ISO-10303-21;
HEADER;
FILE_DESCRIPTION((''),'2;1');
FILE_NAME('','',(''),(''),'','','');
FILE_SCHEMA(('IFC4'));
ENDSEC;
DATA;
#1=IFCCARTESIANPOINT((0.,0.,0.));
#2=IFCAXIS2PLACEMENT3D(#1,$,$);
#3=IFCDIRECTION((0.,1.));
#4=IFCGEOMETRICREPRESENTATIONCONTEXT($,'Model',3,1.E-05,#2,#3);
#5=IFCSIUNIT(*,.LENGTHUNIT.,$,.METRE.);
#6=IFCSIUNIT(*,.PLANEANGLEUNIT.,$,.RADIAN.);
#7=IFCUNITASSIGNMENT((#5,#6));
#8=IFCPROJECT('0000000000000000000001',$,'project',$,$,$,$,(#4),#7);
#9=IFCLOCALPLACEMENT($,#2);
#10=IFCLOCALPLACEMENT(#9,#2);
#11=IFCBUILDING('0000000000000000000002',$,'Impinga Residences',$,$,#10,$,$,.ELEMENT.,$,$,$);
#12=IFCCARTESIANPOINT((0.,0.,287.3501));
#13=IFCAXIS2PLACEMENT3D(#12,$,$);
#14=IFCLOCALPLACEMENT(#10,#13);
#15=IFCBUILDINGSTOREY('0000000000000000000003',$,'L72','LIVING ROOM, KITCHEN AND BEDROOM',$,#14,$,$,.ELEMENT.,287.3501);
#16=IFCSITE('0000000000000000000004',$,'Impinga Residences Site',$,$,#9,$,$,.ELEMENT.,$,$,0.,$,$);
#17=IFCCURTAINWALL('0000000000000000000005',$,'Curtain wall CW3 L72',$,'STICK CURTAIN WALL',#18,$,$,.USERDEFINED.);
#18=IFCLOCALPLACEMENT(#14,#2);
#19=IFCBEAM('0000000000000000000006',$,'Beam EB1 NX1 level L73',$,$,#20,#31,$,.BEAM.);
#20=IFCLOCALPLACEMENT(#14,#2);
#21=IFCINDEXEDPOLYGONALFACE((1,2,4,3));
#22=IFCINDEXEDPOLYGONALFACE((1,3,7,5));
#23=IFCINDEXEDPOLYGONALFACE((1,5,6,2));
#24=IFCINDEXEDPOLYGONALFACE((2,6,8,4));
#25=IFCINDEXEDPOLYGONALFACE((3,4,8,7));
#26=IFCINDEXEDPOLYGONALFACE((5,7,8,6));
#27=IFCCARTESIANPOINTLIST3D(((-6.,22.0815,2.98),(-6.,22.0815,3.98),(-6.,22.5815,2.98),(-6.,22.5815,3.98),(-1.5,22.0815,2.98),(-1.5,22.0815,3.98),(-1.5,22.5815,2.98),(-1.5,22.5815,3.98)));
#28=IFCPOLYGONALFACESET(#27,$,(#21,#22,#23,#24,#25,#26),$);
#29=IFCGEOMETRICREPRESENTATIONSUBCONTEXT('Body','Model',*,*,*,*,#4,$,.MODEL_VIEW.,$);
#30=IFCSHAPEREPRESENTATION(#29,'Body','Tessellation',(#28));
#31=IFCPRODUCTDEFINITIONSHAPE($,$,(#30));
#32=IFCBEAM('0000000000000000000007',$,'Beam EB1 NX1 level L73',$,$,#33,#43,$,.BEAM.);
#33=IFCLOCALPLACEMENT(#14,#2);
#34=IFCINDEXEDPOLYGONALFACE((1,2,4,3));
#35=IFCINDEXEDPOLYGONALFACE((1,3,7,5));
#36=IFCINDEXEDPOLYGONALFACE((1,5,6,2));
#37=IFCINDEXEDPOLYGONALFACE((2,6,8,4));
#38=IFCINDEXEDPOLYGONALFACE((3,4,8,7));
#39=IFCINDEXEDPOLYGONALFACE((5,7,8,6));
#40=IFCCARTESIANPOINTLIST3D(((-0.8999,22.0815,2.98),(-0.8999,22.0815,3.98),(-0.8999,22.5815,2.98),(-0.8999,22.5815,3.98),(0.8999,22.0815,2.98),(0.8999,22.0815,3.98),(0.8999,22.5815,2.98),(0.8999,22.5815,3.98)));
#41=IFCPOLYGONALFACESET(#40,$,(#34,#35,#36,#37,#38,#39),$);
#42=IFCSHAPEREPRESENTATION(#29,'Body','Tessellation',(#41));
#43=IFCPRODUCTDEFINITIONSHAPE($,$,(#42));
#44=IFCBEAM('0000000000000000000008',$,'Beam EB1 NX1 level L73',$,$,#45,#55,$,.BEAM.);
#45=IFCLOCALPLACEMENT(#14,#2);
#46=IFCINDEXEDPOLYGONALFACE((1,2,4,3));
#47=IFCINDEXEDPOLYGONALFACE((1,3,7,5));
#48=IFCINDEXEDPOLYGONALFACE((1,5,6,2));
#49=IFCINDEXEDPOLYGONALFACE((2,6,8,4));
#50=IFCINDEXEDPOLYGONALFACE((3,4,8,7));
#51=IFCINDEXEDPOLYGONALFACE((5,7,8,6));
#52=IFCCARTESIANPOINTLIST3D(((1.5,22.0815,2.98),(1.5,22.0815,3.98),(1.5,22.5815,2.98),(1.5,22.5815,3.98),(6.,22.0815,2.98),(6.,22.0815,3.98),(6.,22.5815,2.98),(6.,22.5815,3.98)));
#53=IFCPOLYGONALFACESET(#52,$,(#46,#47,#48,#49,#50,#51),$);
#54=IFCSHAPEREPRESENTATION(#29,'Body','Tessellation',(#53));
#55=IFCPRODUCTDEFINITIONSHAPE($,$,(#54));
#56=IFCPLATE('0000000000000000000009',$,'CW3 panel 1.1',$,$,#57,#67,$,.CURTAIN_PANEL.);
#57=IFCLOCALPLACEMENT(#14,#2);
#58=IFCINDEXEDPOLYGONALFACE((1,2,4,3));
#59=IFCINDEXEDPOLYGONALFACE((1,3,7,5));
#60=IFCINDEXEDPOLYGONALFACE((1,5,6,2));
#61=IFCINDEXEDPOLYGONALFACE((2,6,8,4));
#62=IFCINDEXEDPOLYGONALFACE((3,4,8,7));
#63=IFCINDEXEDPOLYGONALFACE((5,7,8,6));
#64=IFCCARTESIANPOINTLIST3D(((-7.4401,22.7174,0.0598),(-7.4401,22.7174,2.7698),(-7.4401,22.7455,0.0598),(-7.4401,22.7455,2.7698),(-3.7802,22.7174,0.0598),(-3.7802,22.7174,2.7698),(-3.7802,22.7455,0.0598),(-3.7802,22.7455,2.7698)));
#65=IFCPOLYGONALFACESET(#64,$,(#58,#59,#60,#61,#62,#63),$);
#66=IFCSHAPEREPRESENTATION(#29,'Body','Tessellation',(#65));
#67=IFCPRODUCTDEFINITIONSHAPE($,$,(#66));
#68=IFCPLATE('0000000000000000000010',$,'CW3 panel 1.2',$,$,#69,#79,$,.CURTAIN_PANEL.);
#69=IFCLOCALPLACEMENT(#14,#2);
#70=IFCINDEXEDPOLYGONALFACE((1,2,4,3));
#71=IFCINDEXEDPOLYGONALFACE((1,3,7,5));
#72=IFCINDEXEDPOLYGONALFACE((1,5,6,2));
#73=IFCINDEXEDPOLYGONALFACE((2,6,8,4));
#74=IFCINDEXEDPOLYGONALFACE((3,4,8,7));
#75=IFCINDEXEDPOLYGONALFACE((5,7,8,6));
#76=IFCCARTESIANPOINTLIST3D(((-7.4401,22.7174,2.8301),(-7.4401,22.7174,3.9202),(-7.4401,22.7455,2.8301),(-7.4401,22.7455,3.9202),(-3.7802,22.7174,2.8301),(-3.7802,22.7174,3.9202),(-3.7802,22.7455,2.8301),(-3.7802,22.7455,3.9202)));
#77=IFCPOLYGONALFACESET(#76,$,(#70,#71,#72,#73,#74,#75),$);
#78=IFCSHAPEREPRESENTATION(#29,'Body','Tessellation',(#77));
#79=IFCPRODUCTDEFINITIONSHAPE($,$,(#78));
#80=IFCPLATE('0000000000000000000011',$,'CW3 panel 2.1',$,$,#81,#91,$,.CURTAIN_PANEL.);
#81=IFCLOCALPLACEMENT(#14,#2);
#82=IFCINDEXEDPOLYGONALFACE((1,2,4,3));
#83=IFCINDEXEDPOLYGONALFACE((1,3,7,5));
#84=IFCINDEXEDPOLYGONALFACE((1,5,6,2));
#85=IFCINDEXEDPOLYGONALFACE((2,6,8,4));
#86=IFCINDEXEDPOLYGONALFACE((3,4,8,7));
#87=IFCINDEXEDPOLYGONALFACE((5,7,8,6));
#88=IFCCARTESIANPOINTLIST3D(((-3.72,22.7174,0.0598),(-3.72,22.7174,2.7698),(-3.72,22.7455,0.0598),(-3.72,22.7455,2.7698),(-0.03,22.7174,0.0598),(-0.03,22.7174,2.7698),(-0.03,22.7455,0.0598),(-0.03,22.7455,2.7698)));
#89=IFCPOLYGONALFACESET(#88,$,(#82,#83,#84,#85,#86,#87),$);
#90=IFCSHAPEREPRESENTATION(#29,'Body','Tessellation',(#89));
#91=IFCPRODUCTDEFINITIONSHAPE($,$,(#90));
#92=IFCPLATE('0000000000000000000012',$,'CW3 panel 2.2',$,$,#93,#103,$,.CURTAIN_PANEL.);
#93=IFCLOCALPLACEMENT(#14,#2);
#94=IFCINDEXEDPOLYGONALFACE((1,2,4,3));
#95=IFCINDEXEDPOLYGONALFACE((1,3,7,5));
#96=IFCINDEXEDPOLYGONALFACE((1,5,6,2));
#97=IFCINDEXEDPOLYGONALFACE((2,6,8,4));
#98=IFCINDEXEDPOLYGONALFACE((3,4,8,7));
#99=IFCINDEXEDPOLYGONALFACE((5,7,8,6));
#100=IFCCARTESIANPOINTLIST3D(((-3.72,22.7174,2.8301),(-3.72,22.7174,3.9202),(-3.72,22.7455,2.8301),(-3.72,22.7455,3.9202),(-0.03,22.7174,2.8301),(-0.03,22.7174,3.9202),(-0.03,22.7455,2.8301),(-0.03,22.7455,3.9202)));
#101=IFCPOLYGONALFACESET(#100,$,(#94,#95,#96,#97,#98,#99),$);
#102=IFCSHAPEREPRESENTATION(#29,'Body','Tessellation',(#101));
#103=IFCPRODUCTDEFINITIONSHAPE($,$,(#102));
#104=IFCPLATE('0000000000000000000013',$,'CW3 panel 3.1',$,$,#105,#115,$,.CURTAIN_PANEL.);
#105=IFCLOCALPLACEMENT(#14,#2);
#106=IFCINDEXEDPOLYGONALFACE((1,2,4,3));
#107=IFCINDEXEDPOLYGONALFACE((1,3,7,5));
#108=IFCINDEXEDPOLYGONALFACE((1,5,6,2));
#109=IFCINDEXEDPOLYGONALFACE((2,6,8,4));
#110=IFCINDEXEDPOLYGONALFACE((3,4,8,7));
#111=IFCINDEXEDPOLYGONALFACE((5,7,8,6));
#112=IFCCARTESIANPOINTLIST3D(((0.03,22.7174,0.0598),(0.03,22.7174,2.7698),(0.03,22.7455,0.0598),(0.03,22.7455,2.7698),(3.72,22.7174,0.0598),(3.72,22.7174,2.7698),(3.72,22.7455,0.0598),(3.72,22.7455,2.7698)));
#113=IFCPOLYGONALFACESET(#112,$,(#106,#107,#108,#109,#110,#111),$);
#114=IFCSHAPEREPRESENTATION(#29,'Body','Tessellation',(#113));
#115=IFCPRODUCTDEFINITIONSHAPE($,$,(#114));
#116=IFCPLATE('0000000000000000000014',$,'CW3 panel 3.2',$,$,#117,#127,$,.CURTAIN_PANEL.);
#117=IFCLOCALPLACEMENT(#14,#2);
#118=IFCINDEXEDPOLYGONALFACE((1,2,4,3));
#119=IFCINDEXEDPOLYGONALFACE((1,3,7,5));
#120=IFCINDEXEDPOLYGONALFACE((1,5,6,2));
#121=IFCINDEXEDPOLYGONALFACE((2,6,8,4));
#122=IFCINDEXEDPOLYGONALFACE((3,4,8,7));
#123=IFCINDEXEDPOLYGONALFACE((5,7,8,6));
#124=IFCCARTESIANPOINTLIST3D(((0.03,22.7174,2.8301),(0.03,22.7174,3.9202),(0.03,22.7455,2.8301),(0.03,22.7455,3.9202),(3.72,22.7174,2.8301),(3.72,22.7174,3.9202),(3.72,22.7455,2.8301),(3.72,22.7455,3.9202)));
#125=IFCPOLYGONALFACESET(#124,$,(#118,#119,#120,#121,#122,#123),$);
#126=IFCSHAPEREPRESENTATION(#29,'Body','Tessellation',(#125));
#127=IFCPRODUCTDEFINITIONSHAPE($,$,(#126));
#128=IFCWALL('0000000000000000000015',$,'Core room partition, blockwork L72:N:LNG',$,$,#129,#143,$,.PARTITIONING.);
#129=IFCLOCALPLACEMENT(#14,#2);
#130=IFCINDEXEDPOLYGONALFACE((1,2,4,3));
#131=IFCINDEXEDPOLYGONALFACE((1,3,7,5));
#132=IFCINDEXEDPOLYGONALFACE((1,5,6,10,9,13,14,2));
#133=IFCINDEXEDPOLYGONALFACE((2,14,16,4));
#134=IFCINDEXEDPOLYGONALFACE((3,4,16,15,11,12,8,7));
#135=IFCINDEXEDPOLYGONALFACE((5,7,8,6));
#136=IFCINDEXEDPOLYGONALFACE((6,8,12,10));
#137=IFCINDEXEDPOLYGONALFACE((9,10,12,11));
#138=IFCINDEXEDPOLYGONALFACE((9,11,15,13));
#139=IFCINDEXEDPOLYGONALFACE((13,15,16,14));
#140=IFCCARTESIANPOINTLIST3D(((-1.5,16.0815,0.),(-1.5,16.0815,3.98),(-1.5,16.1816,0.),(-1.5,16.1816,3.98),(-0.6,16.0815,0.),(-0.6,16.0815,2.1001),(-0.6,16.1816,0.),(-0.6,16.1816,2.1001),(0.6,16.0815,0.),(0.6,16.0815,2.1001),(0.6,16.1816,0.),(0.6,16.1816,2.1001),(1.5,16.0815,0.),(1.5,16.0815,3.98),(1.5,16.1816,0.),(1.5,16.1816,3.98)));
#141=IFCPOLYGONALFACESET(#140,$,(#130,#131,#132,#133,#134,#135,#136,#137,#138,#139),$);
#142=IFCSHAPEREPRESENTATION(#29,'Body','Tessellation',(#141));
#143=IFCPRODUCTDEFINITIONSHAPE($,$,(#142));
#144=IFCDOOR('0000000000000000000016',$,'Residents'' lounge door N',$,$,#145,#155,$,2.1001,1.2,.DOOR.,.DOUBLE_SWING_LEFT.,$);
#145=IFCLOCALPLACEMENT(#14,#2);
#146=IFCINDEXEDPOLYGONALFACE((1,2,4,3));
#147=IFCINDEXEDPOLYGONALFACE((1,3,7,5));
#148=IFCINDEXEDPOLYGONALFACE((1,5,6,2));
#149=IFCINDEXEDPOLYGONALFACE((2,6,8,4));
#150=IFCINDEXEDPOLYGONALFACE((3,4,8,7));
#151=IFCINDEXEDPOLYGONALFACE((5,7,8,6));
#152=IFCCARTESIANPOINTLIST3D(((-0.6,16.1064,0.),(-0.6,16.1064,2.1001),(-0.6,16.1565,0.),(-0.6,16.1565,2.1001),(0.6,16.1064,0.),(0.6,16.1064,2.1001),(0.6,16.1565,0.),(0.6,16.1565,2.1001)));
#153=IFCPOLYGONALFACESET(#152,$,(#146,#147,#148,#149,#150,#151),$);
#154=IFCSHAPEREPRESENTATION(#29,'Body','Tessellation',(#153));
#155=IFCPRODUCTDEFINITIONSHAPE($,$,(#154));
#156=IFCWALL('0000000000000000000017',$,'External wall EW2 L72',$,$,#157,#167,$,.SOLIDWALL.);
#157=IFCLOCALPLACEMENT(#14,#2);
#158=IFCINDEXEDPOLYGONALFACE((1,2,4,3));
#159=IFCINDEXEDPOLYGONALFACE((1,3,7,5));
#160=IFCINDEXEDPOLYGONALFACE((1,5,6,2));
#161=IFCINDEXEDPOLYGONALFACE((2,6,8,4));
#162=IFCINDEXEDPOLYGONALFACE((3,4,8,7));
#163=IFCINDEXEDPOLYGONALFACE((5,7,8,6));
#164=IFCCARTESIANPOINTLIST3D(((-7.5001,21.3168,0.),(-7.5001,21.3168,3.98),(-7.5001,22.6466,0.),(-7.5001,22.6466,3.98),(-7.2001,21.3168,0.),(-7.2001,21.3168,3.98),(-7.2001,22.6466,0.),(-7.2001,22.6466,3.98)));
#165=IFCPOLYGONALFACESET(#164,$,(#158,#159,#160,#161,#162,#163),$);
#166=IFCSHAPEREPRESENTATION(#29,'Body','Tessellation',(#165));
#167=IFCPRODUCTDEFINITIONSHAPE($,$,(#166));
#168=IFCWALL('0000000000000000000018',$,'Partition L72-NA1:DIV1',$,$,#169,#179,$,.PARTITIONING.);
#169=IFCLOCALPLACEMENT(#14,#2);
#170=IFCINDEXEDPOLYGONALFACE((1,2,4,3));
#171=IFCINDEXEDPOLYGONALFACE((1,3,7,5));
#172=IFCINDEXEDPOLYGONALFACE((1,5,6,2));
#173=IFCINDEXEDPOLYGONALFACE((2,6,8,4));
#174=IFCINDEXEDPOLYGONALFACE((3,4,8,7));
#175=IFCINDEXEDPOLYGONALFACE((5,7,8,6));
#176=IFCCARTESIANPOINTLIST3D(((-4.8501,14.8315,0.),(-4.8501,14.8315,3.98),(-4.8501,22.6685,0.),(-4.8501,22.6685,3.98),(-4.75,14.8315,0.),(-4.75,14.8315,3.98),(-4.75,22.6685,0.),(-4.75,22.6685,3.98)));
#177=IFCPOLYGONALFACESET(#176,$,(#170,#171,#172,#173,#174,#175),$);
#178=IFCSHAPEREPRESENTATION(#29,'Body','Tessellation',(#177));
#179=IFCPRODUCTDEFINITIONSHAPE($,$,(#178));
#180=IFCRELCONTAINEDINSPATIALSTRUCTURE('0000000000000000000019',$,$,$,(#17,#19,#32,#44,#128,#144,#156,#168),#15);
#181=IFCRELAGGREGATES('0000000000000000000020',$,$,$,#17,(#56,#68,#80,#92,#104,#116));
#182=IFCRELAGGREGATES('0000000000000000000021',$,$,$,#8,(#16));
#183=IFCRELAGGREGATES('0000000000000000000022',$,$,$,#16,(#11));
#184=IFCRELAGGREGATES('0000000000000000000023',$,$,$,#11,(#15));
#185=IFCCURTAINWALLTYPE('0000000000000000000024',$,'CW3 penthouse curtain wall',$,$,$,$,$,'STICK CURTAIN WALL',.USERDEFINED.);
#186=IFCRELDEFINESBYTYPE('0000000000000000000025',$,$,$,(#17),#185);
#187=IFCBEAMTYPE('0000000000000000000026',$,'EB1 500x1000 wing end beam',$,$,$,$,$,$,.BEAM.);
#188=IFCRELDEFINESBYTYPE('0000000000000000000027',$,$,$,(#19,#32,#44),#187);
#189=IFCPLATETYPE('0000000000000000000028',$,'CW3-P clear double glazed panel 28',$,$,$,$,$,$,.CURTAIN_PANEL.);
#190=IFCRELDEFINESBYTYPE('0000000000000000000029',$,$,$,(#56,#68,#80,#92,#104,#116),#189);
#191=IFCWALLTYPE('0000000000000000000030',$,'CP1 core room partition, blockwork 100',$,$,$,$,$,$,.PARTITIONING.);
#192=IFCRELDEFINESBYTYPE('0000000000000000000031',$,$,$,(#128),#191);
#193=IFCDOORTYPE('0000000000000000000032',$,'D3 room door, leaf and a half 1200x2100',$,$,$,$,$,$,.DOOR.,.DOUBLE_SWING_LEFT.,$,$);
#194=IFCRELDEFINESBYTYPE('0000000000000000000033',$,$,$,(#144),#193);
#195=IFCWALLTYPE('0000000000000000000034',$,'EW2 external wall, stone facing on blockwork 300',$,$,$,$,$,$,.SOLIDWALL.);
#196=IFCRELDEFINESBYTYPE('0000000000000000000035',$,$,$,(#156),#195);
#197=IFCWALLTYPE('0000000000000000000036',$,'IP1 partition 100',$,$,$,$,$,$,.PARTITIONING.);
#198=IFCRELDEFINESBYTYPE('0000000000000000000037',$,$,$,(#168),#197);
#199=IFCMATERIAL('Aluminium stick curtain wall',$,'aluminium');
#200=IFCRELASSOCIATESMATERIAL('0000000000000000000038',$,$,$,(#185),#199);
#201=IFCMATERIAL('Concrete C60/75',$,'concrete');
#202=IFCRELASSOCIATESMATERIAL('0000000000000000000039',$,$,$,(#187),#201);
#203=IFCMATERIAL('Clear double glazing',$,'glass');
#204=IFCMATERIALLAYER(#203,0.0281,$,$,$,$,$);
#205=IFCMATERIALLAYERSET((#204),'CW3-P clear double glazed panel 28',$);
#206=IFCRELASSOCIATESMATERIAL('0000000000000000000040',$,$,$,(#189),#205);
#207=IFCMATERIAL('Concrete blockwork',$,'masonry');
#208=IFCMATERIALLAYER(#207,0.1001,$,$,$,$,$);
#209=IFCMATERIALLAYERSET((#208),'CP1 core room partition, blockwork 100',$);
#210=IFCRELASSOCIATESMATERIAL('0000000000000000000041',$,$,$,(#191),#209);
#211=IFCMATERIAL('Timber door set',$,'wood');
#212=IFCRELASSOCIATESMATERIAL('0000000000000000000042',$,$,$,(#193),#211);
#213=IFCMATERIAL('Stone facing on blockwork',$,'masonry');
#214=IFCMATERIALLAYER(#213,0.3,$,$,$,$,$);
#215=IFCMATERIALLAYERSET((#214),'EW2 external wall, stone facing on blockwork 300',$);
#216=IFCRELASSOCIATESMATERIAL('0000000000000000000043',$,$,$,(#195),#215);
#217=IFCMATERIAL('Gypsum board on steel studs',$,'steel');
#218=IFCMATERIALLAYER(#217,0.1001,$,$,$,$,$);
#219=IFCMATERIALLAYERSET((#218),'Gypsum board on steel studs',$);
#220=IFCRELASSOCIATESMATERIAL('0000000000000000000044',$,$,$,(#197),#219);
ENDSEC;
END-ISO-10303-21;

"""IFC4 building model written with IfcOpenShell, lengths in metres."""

from ifc_helpers import new_model, si_unit, direction, frame, frame_2d, origin, origin_2d, place, context, subcontext, project, spatial, rectangle, extrude, material, layer, layer_set, material_profile, profile_set, type_object, element, fill, aggregate, save


model = new_model("IFC4")

# Units and contexts
model_context = context("Model", 3, precision=1e-05, world=origin(), true_north=direction((0.0, 1.0)))
body_context = subcontext(model_context, "Body", "Model", "MODEL_VIEW")
ifc_project = project(units=[si_unit("LENGTHUNIT", "METRE"), si_unit("PLANEANGLEUNIT", "RADIAN")], contexts=[model_context])

# Site, building, storey
site_placement = place(None, origin())
site = spatial("IfcSite", under=ifc_project, at=site_placement, Name="Impinga Residences Site", CompositionType="ELEMENT", RefElevation=0.0)
building_placement = place(site_placement, origin())
building = spatial("IfcBuilding", under=site, at=building_placement, Name="Impinga Residences", CompositionType="ELEMENT")
storey_placement = place(building_placement, frame((0.0, 0.0, 287.3501)))
storey = spatial("IfcBuildingStorey", under=building, at=storey_placement, Name="L72", Description="LIVING ROOM, KITCHEN AND BEDROOM", CompositionType="ELEMENT", Elevation=287.3501)

# Shared definitions
ifc_material_1 = material(Name="Concrete C60/75", Category="concrete")

# Curtain wall
ifc_material_2 = material(Name="Aluminium stick curtain wall", Category="aluminium")
curtain_wall_type = type_object("IfcCurtainWallType", Name="CW3 penthouse curtain wall", ElementType="STICK CURTAIN WALL", PredefinedType="USERDEFINED", material=ifc_material_2)
curtain_wall_placement = place(storey_placement, origin())
curtain_wall = element("IfcCurtainWall", 1, at=curtain_wall_placement, inside=storey, type_object=curtain_wall_type, Name="Curtain wall CW3 L72", ObjectType="STICK CURTAIN WALL", PredefinedType="USERDEFINED")

# Beams
ifc_material_profile_1 = material_profile(ifc_material_1, rectangle(XDim=0.5, YDim=1.0, at=origin_2d()), Name="RC 500x1000")
ifc_profile_set_1 = profile_set([ifc_material_profile_1], Name="Concrete C60/75")
beam_type_1 = type_object("IfcBeamType", Name="EB1 500x1000 wing end beam", PredefinedType="BEAM", material=ifc_profile_set_1)
beam_1_placement = place(storey_placement, frame((-6.0, 22.3315, 3.48), z_axis=(1.0, 0.0, 0.0), x_axis=(0.0, 1.0, 0.0)))
element("IfcBeam", 2, at=beam_1_placement, inside=storey, type_object=beam_type_1, Name="Beam EB1 NX1 level L73", PredefinedType="BEAM", context=body_context, shape_type="SweptSolid", body=[
    extrude(rectangle(XDim=0.5, YDim=1.0, at=origin_2d()), origin(), (0.0, 0.0, 1.0), 4.5),
])
beam_2_placement = place(storey_placement, frame((-0.8999, 22.3315, 3.48), z_axis=(1.0, 0.0, 0.0), x_axis=(0.0, 1.0, 0.0)))
element("IfcBeam", 3, at=beam_2_placement, inside=storey, type_object=beam_type_1, Name="Beam EB1 NX1 level L73", PredefinedType="BEAM", context=body_context, shape_type="SweptSolid", body=[
    extrude(rectangle(XDim=0.5, YDim=1.0, at=origin_2d()), origin(), (0.0, 0.0, 1.0), 1.7998),
])
beam_3_placement = place(storey_placement, frame((1.5, 22.3315, 3.48), z_axis=(1.0, 0.0, 0.0), x_axis=(0.0, 1.0, 0.0)))
element("IfcBeam", 4, at=beam_3_placement, inside=storey, type_object=beam_type_1, Name="Beam EB1 NX1 level L73", PredefinedType="BEAM", context=body_context, shape_type="SweptSolid", body=[
    extrude(rectangle(XDim=0.5, YDim=1.0, at=origin_2d()), origin(), (0.0, 0.0, 1.0), 4.5),
])

# Plates
ifc_material_3 = material(Name="Clear double glazing", Category="glass")
ifc_layer_1 = layer(ifc_material_3, 0.0281)
ifc_layer_set_1 = layer_set([ifc_layer_1], Name="CW3-P clear double glazed panel 28")
plate_type = type_object("IfcPlateType", Name="CW3-P clear double glazed panel 28", PredefinedType="CURTAIN_PANEL", material=ifc_layer_set_1)
plate_1_placement = place(storey_placement, frame((-5.6101, 22.7314, 0.0598), z_axis=(0.0, 0.0, 1.0), x_axis=(1.0, 0.0, 0.0)))
plate_1 = element("IfcPlate", 5, at=plate_1_placement, type_object=plate_type, Name="CW3 panel 1.1", PredefinedType="CURTAIN_PANEL", context=body_context, shape_type="SweptSolid", body=[
    extrude(rectangle(XDim=3.6599, YDim=0.0281, at=origin_2d()), origin(), (0.0, 0.0, 1.0), 2.71),
])
plate_2_placement = place(storey_placement, frame((-5.6101, 22.7314, 2.8301), z_axis=(0.0, 0.0, 1.0), x_axis=(1.0, 0.0, 0.0)))
plate_2 = element("IfcPlate", 6, at=plate_2_placement, type_object=plate_type, Name="CW3 panel 1.2", PredefinedType="CURTAIN_PANEL", context=body_context, shape_type="SweptSolid", body=[
    extrude(rectangle(XDim=3.6599, YDim=0.0281, at=origin_2d()), origin(), (0.0, 0.0, 1.0), 1.0901),
])
plate_3_placement = place(storey_placement, frame((-1.875, 22.7314, 0.0598), z_axis=(0.0, 0.0, 1.0), x_axis=(1.0, 0.0, 0.0)))
plate_3 = element("IfcPlate", 7, at=plate_3_placement, type_object=plate_type, Name="CW3 panel 2.1", PredefinedType="CURTAIN_PANEL", context=body_context, shape_type="SweptSolid", body=[
    extrude(rectangle(XDim=3.6899, YDim=0.0281, at=origin_2d()), origin(), (0.0, 0.0, 1.0), 2.71),
])
plate_4_placement = place(storey_placement, frame((-1.875, 22.7314, 2.8301), z_axis=(0.0, 0.0, 1.0), x_axis=(1.0, 0.0, 0.0)))
plate_4 = element("IfcPlate", 8, at=plate_4_placement, type_object=plate_type, Name="CW3 panel 2.2", PredefinedType="CURTAIN_PANEL", context=body_context, shape_type="SweptSolid", body=[
    extrude(rectangle(XDim=3.6899, YDim=0.0281, at=origin_2d()), origin(), (0.0, 0.0, 1.0), 1.0901),
])
plate_5_placement = place(storey_placement, frame((1.875, 22.7314, 0.0598), z_axis=(0.0, 0.0, 1.0), x_axis=(1.0, 0.0, 0.0)))
plate_5 = element("IfcPlate", 9, at=plate_5_placement, type_object=plate_type, Name="CW3 panel 3.1", PredefinedType="CURTAIN_PANEL", context=body_context, shape_type="SweptSolid", body=[
    extrude(rectangle(XDim=3.6899, YDim=0.0281, at=origin_2d()), origin(), (0.0, 0.0, 1.0), 2.71),
])
plate_6_placement = place(storey_placement, frame((1.875, 22.7314, 2.8301), z_axis=(0.0, 0.0, 1.0), x_axis=(1.0, 0.0, 0.0)))
plate_6 = element("IfcPlate", 10, at=plate_6_placement, type_object=plate_type, Name="CW3 panel 3.2", PredefinedType="CURTAIN_PANEL", context=body_context, shape_type="SweptSolid", body=[
    extrude(rectangle(XDim=3.6899, YDim=0.0281, at=origin_2d()), origin(), (0.0, 0.0, 1.0), 1.0901),
])
aggregate(curtain_wall, [plate_1, plate_2, plate_3, plate_4, plate_5, plate_6])

# Wall, opening, door
ifc_material_4 = material(Name="Concrete blockwork", Category="masonry")
ifc_layer_2 = layer(ifc_material_4, 0.1001)
ifc_layer_set_2 = layer_set([ifc_layer_2], Name="CP1 core room partition, blockwork 100")
wall_type_1 = type_object("IfcWallType", Name="CP1 core room partition, blockwork 100", PredefinedType="PARTITIONING", material=ifc_layer_set_2)
wall_1_placement = place(storey_placement, frame((-1.5, 16.1316, 0.0), z_axis=(0.0, 0.0, 1.0), x_axis=(1.0, 0.0, 0.0)))
wall_1 = element("IfcWall", 11, at=wall_1_placement, inside=storey, type_object=wall_type_1, Name="Core room partition, blockwork L72:N:LNG", PredefinedType="PARTITIONING", context=body_context, shape_type="SweptSolid", body=[
    extrude(rectangle(XDim=3.0, YDim=0.1001, at=frame_2d((1.5, 0.0))), origin(), (0.0, 0.0, 1.0), 3.98),
])
opening_placement = place(wall_1_placement, frame((0.8999, 0.0, 0.0)))
opening = element("IfcOpeningElement", 12, at=opening_placement, cuts=wall_1, PredefinedType="OPENING", context=body_context, shape_type="SweptSolid", body=[
    extrude(rectangle(XDim=1.2, YDim=2.1001, at=frame_2d((0.6001, 1.05))), frame((0.0, 0.0601, 0.0), z_axis=(0.0, -1.0, 0.0), x_axis=(1.0, 0.0, 0.0)), (0.0, 0.0, 1.0), 0.1201),
])
ifc_material_5 = material(Name="Timber door set", Category="wood")
door_type = type_object("IfcDoorType", Name="D3 room door, leaf and a half 1200x2100", OperationType="DOUBLE_SWING_LEFT", PredefinedType="DOOR", material=ifc_material_5)
door_placement = place(opening_placement, origin())
door = element("IfcDoor", 13, at=door_placement, inside=storey, type_object=door_type, Name="Residents' lounge door N", OperationType="DOUBLE_SWING_LEFT", OverallHeight=2.1001, OverallWidth=1.2, PredefinedType="DOOR", context=body_context, shape_type="SweptSolid", body=[
    extrude(rectangle(XDim=1.2, YDim=2.1001, at=frame_2d((0.6001, 1.05))), frame((0.0, 0.0249, 0.0), z_axis=(0.0, -1.0, 0.0), x_axis=(1.0, 0.0, 0.0)), (0.0, 0.0, 1.0), 0.05),
])
fill(opening, door)

# Walls
ifc_material_6 = material(Name="Stone facing on blockwork", Category="masonry")
ifc_layer_3 = layer(ifc_material_6, 0.3)
ifc_layer_set_3 = layer_set([ifc_layer_3], Name="EW2 external wall, stone facing on blockwork 300")
wall_type_2 = type_object("IfcWallType", Name="EW2 external wall, stone facing on blockwork 300", PredefinedType="SOLIDWALL", material=ifc_layer_set_3)
wall_2_placement = place(storey_placement, frame((-7.3501, 21.3167, 0.0), z_axis=(0.0, 0.0, 1.0), x_axis=(0.0, 1.0, 0.0)))
element("IfcWall", 14, at=wall_2_placement, inside=storey, type_object=wall_type_2, Name="External wall EW2 L72", PredefinedType="SOLIDWALL", context=body_context, shape_type="SweptSolid", body=[
    extrude(rectangle(XDim=1.3298, YDim=0.3, at=frame_2d((0.665, 0.0))), origin(), (0.0, 0.0, 1.0), 3.98),
])
ifc_material_7 = material(Name="Gypsum board on steel studs", Category="steel")
ifc_layer_4 = layer(ifc_material_7, 0.1001)
ifc_layer_set_4 = layer_set([ifc_layer_4], Name="Gypsum board on steel studs")
wall_type_3 = type_object("IfcWallType", Name="IP1 partition 100", PredefinedType="PARTITIONING", material=ifc_layer_set_4)
wall_3_placement = place(storey_placement, frame((-4.8, 14.8315, 0.0), z_axis=(0.0, 0.0, 1.0), x_axis=(0.0, 1.0, 0.0)))
element("IfcWall", 15, at=wall_3_placement, inside=storey, type_object=wall_type_3, Name="Partition L72-NA1:DIV1", PredefinedType="PARTITIONING", context=body_context, shape_type="SweptSolid", body=[
    extrude(rectangle(XDim=7.8369, YDim=0.1001, at=frame_2d((3.9185, 0.0))), origin(), (0.0, 0.0, 1.0), 3.98),
])

save(model, "model.ifc")
